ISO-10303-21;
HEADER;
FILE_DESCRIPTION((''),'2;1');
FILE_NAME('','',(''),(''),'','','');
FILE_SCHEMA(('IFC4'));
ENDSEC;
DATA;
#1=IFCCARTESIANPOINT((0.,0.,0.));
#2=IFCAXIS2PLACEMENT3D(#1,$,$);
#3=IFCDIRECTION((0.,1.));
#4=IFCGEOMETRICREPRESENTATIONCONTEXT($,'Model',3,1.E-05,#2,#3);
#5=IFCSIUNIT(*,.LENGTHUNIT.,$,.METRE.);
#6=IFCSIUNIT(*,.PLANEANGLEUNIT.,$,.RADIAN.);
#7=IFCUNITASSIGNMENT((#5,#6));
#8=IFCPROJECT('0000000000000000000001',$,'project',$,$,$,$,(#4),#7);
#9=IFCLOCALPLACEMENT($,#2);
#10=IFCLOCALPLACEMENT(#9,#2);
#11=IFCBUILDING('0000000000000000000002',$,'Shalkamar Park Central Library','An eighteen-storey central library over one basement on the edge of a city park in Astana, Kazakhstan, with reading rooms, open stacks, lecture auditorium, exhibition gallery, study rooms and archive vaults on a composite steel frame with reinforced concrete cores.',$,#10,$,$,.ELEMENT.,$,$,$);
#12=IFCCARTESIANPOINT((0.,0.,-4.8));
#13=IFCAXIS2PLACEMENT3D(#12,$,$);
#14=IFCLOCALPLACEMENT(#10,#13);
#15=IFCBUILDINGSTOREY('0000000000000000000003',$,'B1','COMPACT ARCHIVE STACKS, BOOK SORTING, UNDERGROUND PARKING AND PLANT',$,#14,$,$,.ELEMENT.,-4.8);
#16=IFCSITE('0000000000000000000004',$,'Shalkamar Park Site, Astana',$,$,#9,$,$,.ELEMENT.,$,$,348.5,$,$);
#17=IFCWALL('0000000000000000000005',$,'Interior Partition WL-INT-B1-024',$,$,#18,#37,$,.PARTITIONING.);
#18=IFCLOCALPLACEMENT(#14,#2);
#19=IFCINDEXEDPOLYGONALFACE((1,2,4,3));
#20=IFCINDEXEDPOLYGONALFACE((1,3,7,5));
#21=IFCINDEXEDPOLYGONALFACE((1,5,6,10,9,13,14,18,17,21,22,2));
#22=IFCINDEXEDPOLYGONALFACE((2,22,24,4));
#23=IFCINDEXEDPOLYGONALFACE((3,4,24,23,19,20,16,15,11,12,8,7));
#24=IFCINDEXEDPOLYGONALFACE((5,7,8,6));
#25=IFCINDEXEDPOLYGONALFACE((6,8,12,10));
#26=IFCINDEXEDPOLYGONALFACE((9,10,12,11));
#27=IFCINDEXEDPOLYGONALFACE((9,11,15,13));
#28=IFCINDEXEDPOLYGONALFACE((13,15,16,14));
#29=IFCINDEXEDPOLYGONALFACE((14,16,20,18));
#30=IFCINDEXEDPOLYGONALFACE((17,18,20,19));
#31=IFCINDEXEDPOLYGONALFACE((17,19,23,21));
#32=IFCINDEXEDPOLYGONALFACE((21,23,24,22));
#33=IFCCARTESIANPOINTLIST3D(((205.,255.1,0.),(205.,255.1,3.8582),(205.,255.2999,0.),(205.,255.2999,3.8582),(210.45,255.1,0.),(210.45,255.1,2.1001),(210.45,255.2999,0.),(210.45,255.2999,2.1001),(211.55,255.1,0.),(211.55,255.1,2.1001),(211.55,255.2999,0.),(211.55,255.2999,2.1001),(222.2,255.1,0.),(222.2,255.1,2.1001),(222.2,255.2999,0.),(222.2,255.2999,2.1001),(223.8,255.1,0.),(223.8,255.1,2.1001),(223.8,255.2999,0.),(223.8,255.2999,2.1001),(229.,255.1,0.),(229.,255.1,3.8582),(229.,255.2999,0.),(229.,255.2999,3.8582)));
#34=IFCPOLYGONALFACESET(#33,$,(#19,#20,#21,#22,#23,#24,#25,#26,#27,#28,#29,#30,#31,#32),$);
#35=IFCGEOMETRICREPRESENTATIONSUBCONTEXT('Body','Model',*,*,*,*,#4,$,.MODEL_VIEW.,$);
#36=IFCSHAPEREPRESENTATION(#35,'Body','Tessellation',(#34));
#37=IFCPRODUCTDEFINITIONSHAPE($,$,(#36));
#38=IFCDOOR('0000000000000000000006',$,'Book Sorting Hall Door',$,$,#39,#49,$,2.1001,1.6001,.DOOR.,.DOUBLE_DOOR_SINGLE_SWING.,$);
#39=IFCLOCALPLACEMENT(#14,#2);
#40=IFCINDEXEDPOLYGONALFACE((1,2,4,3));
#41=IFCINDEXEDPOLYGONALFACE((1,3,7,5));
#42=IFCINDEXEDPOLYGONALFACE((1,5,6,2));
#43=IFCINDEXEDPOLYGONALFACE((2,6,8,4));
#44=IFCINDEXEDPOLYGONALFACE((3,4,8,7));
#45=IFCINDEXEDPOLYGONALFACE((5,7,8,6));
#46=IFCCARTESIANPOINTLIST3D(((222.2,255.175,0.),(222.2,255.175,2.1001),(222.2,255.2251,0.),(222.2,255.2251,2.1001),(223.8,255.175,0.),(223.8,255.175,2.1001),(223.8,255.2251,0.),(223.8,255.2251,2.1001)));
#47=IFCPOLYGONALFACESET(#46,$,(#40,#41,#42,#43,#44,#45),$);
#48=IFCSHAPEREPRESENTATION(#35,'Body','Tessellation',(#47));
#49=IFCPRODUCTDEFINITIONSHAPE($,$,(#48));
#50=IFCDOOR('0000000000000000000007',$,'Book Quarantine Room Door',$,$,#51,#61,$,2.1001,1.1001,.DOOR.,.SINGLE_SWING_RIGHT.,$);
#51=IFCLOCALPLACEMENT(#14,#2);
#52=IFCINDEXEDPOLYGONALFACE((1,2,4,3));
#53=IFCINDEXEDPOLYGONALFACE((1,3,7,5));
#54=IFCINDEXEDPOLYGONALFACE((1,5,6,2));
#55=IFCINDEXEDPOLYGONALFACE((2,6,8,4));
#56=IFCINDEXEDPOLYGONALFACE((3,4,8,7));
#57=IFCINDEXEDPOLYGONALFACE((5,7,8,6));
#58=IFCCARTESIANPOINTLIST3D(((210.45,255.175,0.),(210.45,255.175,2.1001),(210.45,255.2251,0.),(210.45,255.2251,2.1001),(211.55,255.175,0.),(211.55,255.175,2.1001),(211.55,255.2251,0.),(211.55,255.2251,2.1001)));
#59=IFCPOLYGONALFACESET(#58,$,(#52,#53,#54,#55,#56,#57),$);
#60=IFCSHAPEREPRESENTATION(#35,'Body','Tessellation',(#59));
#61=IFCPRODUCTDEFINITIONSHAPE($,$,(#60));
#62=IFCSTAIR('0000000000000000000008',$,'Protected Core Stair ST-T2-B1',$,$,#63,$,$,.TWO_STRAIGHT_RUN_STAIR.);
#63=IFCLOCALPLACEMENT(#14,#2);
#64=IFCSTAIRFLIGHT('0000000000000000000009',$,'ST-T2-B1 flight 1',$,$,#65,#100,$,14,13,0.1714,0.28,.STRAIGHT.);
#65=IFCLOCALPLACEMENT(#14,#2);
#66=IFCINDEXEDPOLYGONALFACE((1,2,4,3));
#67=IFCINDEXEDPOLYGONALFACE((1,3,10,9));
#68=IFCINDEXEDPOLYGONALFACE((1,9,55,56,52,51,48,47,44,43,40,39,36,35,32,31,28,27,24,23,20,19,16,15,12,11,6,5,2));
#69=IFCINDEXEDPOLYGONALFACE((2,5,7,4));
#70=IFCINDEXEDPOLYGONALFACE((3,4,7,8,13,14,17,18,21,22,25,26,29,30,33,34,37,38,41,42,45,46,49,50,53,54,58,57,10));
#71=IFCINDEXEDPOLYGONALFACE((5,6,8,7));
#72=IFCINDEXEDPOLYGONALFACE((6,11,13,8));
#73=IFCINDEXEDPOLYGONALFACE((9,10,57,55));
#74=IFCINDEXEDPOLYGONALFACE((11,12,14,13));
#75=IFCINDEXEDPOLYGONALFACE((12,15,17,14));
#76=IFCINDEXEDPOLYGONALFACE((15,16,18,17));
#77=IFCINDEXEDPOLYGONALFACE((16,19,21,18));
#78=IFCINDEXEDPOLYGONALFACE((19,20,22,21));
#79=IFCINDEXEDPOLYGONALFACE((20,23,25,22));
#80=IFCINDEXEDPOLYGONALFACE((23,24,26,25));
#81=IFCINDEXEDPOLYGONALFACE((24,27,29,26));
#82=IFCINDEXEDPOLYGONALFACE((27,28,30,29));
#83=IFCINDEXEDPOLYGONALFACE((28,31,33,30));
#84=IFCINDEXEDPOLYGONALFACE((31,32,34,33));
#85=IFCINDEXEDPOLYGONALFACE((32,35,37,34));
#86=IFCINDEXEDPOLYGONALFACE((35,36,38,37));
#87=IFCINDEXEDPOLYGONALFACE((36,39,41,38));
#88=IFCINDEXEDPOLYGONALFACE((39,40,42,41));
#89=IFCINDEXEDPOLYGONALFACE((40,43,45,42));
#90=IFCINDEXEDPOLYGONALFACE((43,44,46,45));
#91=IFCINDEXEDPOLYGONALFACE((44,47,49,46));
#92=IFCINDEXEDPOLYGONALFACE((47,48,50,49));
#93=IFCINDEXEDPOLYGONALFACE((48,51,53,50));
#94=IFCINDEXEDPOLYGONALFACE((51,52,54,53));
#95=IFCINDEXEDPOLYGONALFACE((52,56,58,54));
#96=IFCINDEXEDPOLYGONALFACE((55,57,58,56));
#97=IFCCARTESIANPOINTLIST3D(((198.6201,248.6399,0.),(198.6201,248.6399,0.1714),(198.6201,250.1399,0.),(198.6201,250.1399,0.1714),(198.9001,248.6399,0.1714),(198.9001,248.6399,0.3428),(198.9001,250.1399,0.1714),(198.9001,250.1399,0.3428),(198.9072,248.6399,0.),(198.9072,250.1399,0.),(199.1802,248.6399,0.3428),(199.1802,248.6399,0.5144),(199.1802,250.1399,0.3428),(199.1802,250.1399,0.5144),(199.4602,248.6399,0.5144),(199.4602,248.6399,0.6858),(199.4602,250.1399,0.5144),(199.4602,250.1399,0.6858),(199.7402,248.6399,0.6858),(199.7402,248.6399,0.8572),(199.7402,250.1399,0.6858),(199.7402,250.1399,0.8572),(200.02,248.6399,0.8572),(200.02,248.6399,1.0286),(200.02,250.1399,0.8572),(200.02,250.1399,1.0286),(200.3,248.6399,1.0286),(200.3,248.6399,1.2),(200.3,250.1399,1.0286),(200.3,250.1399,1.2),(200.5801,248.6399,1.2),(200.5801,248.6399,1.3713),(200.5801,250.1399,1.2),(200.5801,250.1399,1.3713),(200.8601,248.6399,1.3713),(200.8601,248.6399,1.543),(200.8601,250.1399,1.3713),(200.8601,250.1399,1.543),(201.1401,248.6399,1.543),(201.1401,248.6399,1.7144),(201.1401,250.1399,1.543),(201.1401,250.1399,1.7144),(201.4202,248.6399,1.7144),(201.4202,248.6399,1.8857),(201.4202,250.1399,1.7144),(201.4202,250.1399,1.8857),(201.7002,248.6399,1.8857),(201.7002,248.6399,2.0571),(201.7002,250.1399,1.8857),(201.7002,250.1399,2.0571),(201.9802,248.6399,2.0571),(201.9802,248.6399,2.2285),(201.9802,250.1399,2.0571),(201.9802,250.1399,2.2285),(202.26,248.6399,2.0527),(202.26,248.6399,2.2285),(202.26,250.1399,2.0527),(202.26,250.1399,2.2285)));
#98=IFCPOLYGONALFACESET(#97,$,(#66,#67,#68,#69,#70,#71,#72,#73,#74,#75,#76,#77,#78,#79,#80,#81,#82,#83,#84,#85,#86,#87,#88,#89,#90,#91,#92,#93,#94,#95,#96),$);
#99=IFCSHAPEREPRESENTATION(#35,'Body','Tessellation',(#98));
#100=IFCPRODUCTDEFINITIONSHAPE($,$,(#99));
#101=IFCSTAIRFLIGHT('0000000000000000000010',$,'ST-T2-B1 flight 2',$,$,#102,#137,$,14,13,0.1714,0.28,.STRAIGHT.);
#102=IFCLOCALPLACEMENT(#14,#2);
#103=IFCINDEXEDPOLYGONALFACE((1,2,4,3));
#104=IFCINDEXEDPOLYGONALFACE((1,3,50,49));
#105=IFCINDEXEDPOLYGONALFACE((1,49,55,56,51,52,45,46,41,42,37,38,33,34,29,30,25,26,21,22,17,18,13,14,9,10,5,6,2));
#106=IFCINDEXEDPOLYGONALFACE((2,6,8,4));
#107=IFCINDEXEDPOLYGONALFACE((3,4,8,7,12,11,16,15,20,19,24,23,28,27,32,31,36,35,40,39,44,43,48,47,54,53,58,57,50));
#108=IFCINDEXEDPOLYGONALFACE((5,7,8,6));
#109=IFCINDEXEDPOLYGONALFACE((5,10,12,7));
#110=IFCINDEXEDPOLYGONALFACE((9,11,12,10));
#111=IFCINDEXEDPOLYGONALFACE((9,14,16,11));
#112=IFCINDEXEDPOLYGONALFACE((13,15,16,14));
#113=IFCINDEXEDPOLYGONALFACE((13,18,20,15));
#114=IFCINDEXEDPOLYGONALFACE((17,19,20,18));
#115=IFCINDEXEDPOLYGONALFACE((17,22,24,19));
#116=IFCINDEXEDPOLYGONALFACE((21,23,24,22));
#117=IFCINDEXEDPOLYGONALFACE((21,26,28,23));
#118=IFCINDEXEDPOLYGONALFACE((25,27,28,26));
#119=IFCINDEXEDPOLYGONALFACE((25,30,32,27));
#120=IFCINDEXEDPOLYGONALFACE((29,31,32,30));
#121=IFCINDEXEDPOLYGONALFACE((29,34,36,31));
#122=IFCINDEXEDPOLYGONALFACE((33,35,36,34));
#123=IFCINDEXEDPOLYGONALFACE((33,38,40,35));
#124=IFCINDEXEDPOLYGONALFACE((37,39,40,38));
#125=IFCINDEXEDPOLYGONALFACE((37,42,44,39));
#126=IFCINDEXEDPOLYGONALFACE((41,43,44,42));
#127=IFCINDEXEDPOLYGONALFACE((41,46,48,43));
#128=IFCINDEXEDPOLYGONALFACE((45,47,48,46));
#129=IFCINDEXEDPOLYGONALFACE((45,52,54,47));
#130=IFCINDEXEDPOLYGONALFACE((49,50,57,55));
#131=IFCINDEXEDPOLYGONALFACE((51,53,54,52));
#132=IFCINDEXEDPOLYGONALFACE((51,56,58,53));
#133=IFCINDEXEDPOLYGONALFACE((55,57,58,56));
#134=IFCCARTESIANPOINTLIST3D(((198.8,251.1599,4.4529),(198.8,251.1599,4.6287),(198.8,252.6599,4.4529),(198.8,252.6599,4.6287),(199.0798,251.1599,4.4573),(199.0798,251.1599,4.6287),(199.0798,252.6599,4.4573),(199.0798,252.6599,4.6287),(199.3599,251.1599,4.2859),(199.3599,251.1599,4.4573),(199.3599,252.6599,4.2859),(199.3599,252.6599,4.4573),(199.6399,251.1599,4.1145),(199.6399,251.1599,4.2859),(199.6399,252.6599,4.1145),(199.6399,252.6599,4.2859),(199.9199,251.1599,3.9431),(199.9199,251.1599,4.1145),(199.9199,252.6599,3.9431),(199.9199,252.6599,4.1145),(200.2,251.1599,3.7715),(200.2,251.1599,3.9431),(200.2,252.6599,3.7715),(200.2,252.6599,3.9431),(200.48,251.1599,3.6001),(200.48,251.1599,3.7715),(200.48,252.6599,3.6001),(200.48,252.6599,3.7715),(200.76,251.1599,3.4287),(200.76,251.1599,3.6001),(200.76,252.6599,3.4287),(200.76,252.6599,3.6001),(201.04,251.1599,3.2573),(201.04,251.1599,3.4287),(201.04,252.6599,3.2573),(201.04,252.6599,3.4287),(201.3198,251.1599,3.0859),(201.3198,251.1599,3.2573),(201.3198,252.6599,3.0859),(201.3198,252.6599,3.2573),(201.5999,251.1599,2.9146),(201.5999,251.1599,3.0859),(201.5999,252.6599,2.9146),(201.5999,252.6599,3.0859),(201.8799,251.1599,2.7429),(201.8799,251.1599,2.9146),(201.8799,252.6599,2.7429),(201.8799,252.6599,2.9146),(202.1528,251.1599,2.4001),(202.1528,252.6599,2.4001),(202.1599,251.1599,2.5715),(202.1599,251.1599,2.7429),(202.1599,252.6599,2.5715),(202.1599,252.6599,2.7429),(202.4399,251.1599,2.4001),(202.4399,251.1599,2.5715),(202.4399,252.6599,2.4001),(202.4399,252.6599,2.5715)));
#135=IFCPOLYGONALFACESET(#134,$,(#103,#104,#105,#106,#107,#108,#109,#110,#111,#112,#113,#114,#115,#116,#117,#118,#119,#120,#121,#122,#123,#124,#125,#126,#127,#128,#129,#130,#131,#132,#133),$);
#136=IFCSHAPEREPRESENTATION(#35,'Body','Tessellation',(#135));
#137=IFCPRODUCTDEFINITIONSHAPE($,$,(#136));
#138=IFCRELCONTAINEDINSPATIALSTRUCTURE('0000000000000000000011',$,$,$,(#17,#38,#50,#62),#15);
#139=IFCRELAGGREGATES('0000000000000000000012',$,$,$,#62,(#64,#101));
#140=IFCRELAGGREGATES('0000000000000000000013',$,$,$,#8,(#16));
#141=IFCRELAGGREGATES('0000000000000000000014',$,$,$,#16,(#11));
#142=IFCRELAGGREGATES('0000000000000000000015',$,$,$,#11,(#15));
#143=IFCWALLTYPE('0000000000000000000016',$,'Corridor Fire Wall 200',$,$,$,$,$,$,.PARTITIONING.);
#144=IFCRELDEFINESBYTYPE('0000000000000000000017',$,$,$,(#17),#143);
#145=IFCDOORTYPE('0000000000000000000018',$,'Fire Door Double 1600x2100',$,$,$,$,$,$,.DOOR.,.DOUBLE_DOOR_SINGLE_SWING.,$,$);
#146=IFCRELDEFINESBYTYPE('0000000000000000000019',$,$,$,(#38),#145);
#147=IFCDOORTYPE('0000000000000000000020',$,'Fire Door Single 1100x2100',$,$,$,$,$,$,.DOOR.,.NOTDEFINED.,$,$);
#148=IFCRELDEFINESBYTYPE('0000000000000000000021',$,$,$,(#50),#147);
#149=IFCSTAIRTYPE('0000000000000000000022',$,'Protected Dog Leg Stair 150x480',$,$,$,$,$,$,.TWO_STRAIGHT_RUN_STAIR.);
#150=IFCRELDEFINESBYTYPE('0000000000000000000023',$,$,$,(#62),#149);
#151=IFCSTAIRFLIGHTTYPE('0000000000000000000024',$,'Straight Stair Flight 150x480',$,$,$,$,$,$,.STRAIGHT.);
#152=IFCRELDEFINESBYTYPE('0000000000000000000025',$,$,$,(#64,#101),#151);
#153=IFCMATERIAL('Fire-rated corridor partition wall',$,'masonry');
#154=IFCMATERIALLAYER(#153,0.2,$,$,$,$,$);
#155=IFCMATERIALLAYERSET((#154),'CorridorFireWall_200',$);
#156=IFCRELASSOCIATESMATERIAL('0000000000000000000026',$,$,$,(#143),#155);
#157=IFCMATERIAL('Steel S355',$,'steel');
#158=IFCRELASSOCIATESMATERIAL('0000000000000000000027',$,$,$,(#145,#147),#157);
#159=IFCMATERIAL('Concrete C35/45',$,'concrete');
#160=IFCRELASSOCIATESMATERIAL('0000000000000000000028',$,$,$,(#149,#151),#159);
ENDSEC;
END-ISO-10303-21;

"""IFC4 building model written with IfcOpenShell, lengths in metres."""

from ifc_helpers import new_model, si_unit, direction, frame, frame_2d, origin, place, context, subcontext, project, spatial, polyline, rectangle, outline, extrude, material, layer, layer_set, type_object, element, fill, aggregate, save


model = new_model("IFC4")

# Units and contexts
model_context = context("Model", 3, precision=1e-05, world=origin(), true_north=direction((0.0, 1.0)))
body_context = subcontext(model_context, "Body", "Model", "MODEL_VIEW")
ifc_project = project(units=[si_unit("LENGTHUNIT", "METRE"), si_unit("PLANEANGLEUNIT", "RADIAN")], contexts=[model_context])

# Site, building, storey
site_placement = place(None, origin())
site = spatial("IfcSite", under=ifc_project, at=site_placement, Name="Shalkamar Park Site, Astana", CompositionType="ELEMENT", RefElevation=348.5)
building_placement = place(site_placement, origin())
building = spatial("IfcBuilding", under=site, at=building_placement, Name="Shalkamar Park Central Library", Description="An eighteen-storey central library over one basement on the edge of a city park in Astana, Kazakhstan, with reading rooms, open stacks, lecture auditorium, exhibition gallery, study rooms and archive vaults on a composite steel frame with reinforced concrete cores.", CompositionType="ELEMENT")
storey_placement = place(building_placement, frame((0.0, 0.0, -4.8)))
storey = spatial("IfcBuildingStorey", under=building, at=storey_placement, Name="B1", Description="COMPACT ARCHIVE STACKS, BOOK SORTING, UNDERGROUND PARKING AND PLANT", CompositionType="ELEMENT", Elevation=-4.8)

# Shared definitions
ifc_material_1 = material(Name="Concrete C35/45", Category="concrete")

# Shared definitions
ifc_material_2 = material(Name="Steel S355", Category="steel")

# Wall, openings, doors
ifc_material_3 = material(Name="Fire-rated corridor partition wall", Category="masonry")
ifc_layer = layer(ifc_material_3, 0.2)
ifc_layer_set = layer_set([ifc_layer], Name="CorridorFireWall_200")
wall_type = type_object("IfcWallType", Name="Corridor Fire Wall 200", PredefinedType="PARTITIONING", material=ifc_layer_set)
wall_placement = place(storey_placement, frame((205.0, 255.2, 0.0), z_axis=(0.0, 0.0, 1.0), x_axis=(1.0, 0.0, 0.0)))
wall = element("IfcWall", 1, at=wall_placement, inside=storey, type_object=wall_type, Name="Interior Partition WL-INT-B1-024", PredefinedType="PARTITIONING", context=body_context, shape_type="SweptSolid", body=[
    extrude(rectangle(XDim=24.0, YDim=0.2, at=frame_2d((12.0, 0.0))), origin(), (0.0, 0.0, 1.0), 3.8582),
])
opening_1_placement = place(wall_placement, frame((5.45, 0.0, 0.0)))
opening_1 = element("IfcOpeningElement", 2, at=opening_1_placement, cuts=wall, PredefinedType="OPENING", context=body_context, shape_type="SweptSolid", body=[
    extrude(rectangle(XDim=1.1001, YDim=2.1001, at=frame_2d((0.55, 1.05))), frame((0.0, 0.1147, 0.0), z_axis=(0.0, -1.0, 0.0), x_axis=(1.0, 0.0, 0.0)), (0.0, 0.0, 1.0), 0.2297),
])
opening_2_placement = place(wall_placement, frame((17.2, 0.0, 0.0)))
opening_2 = element("IfcOpeningElement", 3, at=opening_2_placement, cuts=wall, PredefinedType="OPENING", context=body_context, shape_type="SweptSolid", body=[
    extrude(rectangle(XDim=1.6001, YDim=2.1001, at=frame_2d((0.8, 1.05))), frame((0.0, 0.1147, 0.0), z_axis=(0.0, -1.0, 0.0), x_axis=(1.0, 0.0, 0.0)), (0.0, 0.0, 1.0), 0.2297),
])
door_type_1 = type_object("IfcDoorType", Name="Fire Door Double 1600x2100", OperationType="DOUBLE_DOOR_SINGLE_SWING", PredefinedType="DOOR", material=ifc_material_2)
door_1_placement = place(opening_2_placement, frame((1.6001, 0.0, 0.0), z_axis=(0.0, 0.0, 1.0), x_axis=(-1.0, 0.0, 0.0)))
door_1 = element("IfcDoor", 4, at=door_1_placement, inside=storey, type_object=door_type_1, Name="Book Sorting Hall Door", OperationType="DOUBLE_DOOR_SINGLE_SWING", OverallHeight=2.1001, OverallWidth=1.6001, PredefinedType="DOOR", context=body_context, shape_type="SweptSolid", body=[
    extrude(rectangle(XDim=1.6001, YDim=2.1001, at=frame_2d((0.8, 1.05))), frame((0.0, 0.0249, 0.0), z_axis=(0.0, -1.0, 0.0), x_axis=(1.0, 0.0, 0.0)), (0.0, 0.0, 1.0), 0.05),
])
fill(opening_2, door_1)
door_type_2 = type_object("IfcDoorType", Name="Fire Door Single 1100x2100", OperationType="NOTDEFINED", PredefinedType="DOOR", material=ifc_material_2)
door_2_placement = place(opening_1_placement, frame((1.1001, 0.0, 0.0), z_axis=(0.0, 0.0, 1.0), x_axis=(-1.0, 0.0, 0.0)))
door_2 = element("IfcDoor", 5, at=door_2_placement, inside=storey, type_object=door_type_2, Name="Book Quarantine Room Door", OperationType="SINGLE_SWING_RIGHT", OverallHeight=2.1001, OverallWidth=1.1001, PredefinedType="DOOR", context=body_context, shape_type="SweptSolid", body=[
    extrude(rectangle(XDim=1.1001, YDim=2.1001, at=frame_2d((0.55, 1.05))), frame((0.0, 0.0249, 0.0), z_axis=(0.0, -1.0, 0.0), x_axis=(1.0, 0.0, 0.0)), (0.0, 0.0, 1.0), 0.05),
])
fill(opening_1, door_2)

# Stair, stair flights
stair_type = type_object("IfcStairType", Name="Protected Dog Leg Stair 150x480", PredefinedType="TWO_STRAIGHT_RUN_STAIR", material=ifc_material_1)
stair_placement = place(storey_placement, origin())
stair = element("IfcStair", 6, at=stair_placement, inside=storey, type_object=stair_type, Name="Protected Core Stair ST-T2-B1", PredefinedType="TWO_STRAIGHT_RUN_STAIR")
stair_flight_type = type_object("IfcStairFlightType", Name="Straight Stair Flight 150x480", PredefinedType="STRAIGHT", material=ifc_material_1)
stair_flight_1_placement = place(storey_placement, frame((198.6201, 249.3899, 0.0), z_axis=(0.0, 0.0, 1.0), x_axis=(1.0, 0.0, 0.0)))
stair_flight_1 = element("IfcStairFlight", 7, at=stair_flight_1_placement, type_object=stair_flight_type, Name="ST-T2-B1 flight 1", NumberOfRisers=14, NumberOfTreads=13, PredefinedType="STRAIGHT", RiserHeight=0.1714, TreadLength=0.28, context=body_context, shape_type="SweptSolid", body=[
    extrude(outline(polyline([(0.0, 0.0), (0.0, 0.1714), (0.28, 0.1714), (0.28, 0.3428), (0.5601, 0.3428), (0.5601, 0.5144), (0.8401, 0.5144), (0.8401, 0.6858), (1.1201, 0.6858), (1.1201, 0.8572), (1.3999, 0.8572), (1.3999, 1.0286), (1.6799, 1.0286), (1.6799, 1.2), (1.96, 1.2), (1.96, 1.3713), (2.24, 1.3713), (2.24, 1.543), (2.52, 1.543), (2.52, 1.7144), (2.8, 1.7144), (2.8, 1.8857), (3.0801, 1.8857), (3.0801, 2.0571), (3.3601, 2.0571), (3.3601, 2.2285), (3.6399, 2.2285), (3.6399, 2.3999), (3.6399, 2.0527), (0.2871, 0.0), (0.0, 0.0)])), frame((0.0, 0.75, 0.0), z_axis=(0.0, -1.0, 0.0), x_axis=(1.0, 0.0, 0.0)), (0.0, 0.0, 1.0), 1.5),
])
stair_flight_2_placement = place(storey_placement, frame((202.4399, 251.9099, 2.4001), z_axis=(0.0, 0.0, 1.0), x_axis=(-1.0, 0.0, 0.0)))
stair_flight_2 = element("IfcStairFlight", 8, at=stair_flight_2_placement, type_object=stair_flight_type, Name="ST-T2-B1 flight 2", NumberOfRisers=14, NumberOfTreads=13, PredefinedType="STRAIGHT", RiserHeight=0.1714, TreadLength=0.28, context=body_context, shape_type="SweptSolid", body=[
    extrude(outline(polyline([(0.0, 0.0), (0.0, 0.1714), (0.28, 0.1714), (0.28, 0.3428), (0.5601, 0.3428), (0.5601, 0.5144), (0.8401, 0.5144), (0.8401, 0.6858), (1.1201, 0.6858), (1.1201, 0.8572), (1.3999, 0.8572), (1.3999, 1.0286), (1.6799, 1.0286), (1.6799, 1.2), (1.96, 1.2), (1.96, 1.3713), (2.24, 1.3713), (2.24, 1.543), (2.52, 1.543), (2.52, 1.7144), (2.8, 1.7144), (2.8, 1.8857), (3.0801, 1.8857), (3.0801, 2.0571), (3.3601, 2.0571), (3.3601, 2.2285), (3.6399, 2.2285), (3.6399, 2.3999), (3.6399, 2.0527), (0.2871, 0.0), (0.0, 0.0)])), frame((0.0, 0.75, 0.0), z_axis=(0.0, -1.0, 0.0), x_axis=(1.0, 0.0, 0.0)), (0.0, 0.0, 1.0), 1.5),
])
aggregate(stair, [stair_flight_1, stair_flight_2])

save(model, "model.ifc")
